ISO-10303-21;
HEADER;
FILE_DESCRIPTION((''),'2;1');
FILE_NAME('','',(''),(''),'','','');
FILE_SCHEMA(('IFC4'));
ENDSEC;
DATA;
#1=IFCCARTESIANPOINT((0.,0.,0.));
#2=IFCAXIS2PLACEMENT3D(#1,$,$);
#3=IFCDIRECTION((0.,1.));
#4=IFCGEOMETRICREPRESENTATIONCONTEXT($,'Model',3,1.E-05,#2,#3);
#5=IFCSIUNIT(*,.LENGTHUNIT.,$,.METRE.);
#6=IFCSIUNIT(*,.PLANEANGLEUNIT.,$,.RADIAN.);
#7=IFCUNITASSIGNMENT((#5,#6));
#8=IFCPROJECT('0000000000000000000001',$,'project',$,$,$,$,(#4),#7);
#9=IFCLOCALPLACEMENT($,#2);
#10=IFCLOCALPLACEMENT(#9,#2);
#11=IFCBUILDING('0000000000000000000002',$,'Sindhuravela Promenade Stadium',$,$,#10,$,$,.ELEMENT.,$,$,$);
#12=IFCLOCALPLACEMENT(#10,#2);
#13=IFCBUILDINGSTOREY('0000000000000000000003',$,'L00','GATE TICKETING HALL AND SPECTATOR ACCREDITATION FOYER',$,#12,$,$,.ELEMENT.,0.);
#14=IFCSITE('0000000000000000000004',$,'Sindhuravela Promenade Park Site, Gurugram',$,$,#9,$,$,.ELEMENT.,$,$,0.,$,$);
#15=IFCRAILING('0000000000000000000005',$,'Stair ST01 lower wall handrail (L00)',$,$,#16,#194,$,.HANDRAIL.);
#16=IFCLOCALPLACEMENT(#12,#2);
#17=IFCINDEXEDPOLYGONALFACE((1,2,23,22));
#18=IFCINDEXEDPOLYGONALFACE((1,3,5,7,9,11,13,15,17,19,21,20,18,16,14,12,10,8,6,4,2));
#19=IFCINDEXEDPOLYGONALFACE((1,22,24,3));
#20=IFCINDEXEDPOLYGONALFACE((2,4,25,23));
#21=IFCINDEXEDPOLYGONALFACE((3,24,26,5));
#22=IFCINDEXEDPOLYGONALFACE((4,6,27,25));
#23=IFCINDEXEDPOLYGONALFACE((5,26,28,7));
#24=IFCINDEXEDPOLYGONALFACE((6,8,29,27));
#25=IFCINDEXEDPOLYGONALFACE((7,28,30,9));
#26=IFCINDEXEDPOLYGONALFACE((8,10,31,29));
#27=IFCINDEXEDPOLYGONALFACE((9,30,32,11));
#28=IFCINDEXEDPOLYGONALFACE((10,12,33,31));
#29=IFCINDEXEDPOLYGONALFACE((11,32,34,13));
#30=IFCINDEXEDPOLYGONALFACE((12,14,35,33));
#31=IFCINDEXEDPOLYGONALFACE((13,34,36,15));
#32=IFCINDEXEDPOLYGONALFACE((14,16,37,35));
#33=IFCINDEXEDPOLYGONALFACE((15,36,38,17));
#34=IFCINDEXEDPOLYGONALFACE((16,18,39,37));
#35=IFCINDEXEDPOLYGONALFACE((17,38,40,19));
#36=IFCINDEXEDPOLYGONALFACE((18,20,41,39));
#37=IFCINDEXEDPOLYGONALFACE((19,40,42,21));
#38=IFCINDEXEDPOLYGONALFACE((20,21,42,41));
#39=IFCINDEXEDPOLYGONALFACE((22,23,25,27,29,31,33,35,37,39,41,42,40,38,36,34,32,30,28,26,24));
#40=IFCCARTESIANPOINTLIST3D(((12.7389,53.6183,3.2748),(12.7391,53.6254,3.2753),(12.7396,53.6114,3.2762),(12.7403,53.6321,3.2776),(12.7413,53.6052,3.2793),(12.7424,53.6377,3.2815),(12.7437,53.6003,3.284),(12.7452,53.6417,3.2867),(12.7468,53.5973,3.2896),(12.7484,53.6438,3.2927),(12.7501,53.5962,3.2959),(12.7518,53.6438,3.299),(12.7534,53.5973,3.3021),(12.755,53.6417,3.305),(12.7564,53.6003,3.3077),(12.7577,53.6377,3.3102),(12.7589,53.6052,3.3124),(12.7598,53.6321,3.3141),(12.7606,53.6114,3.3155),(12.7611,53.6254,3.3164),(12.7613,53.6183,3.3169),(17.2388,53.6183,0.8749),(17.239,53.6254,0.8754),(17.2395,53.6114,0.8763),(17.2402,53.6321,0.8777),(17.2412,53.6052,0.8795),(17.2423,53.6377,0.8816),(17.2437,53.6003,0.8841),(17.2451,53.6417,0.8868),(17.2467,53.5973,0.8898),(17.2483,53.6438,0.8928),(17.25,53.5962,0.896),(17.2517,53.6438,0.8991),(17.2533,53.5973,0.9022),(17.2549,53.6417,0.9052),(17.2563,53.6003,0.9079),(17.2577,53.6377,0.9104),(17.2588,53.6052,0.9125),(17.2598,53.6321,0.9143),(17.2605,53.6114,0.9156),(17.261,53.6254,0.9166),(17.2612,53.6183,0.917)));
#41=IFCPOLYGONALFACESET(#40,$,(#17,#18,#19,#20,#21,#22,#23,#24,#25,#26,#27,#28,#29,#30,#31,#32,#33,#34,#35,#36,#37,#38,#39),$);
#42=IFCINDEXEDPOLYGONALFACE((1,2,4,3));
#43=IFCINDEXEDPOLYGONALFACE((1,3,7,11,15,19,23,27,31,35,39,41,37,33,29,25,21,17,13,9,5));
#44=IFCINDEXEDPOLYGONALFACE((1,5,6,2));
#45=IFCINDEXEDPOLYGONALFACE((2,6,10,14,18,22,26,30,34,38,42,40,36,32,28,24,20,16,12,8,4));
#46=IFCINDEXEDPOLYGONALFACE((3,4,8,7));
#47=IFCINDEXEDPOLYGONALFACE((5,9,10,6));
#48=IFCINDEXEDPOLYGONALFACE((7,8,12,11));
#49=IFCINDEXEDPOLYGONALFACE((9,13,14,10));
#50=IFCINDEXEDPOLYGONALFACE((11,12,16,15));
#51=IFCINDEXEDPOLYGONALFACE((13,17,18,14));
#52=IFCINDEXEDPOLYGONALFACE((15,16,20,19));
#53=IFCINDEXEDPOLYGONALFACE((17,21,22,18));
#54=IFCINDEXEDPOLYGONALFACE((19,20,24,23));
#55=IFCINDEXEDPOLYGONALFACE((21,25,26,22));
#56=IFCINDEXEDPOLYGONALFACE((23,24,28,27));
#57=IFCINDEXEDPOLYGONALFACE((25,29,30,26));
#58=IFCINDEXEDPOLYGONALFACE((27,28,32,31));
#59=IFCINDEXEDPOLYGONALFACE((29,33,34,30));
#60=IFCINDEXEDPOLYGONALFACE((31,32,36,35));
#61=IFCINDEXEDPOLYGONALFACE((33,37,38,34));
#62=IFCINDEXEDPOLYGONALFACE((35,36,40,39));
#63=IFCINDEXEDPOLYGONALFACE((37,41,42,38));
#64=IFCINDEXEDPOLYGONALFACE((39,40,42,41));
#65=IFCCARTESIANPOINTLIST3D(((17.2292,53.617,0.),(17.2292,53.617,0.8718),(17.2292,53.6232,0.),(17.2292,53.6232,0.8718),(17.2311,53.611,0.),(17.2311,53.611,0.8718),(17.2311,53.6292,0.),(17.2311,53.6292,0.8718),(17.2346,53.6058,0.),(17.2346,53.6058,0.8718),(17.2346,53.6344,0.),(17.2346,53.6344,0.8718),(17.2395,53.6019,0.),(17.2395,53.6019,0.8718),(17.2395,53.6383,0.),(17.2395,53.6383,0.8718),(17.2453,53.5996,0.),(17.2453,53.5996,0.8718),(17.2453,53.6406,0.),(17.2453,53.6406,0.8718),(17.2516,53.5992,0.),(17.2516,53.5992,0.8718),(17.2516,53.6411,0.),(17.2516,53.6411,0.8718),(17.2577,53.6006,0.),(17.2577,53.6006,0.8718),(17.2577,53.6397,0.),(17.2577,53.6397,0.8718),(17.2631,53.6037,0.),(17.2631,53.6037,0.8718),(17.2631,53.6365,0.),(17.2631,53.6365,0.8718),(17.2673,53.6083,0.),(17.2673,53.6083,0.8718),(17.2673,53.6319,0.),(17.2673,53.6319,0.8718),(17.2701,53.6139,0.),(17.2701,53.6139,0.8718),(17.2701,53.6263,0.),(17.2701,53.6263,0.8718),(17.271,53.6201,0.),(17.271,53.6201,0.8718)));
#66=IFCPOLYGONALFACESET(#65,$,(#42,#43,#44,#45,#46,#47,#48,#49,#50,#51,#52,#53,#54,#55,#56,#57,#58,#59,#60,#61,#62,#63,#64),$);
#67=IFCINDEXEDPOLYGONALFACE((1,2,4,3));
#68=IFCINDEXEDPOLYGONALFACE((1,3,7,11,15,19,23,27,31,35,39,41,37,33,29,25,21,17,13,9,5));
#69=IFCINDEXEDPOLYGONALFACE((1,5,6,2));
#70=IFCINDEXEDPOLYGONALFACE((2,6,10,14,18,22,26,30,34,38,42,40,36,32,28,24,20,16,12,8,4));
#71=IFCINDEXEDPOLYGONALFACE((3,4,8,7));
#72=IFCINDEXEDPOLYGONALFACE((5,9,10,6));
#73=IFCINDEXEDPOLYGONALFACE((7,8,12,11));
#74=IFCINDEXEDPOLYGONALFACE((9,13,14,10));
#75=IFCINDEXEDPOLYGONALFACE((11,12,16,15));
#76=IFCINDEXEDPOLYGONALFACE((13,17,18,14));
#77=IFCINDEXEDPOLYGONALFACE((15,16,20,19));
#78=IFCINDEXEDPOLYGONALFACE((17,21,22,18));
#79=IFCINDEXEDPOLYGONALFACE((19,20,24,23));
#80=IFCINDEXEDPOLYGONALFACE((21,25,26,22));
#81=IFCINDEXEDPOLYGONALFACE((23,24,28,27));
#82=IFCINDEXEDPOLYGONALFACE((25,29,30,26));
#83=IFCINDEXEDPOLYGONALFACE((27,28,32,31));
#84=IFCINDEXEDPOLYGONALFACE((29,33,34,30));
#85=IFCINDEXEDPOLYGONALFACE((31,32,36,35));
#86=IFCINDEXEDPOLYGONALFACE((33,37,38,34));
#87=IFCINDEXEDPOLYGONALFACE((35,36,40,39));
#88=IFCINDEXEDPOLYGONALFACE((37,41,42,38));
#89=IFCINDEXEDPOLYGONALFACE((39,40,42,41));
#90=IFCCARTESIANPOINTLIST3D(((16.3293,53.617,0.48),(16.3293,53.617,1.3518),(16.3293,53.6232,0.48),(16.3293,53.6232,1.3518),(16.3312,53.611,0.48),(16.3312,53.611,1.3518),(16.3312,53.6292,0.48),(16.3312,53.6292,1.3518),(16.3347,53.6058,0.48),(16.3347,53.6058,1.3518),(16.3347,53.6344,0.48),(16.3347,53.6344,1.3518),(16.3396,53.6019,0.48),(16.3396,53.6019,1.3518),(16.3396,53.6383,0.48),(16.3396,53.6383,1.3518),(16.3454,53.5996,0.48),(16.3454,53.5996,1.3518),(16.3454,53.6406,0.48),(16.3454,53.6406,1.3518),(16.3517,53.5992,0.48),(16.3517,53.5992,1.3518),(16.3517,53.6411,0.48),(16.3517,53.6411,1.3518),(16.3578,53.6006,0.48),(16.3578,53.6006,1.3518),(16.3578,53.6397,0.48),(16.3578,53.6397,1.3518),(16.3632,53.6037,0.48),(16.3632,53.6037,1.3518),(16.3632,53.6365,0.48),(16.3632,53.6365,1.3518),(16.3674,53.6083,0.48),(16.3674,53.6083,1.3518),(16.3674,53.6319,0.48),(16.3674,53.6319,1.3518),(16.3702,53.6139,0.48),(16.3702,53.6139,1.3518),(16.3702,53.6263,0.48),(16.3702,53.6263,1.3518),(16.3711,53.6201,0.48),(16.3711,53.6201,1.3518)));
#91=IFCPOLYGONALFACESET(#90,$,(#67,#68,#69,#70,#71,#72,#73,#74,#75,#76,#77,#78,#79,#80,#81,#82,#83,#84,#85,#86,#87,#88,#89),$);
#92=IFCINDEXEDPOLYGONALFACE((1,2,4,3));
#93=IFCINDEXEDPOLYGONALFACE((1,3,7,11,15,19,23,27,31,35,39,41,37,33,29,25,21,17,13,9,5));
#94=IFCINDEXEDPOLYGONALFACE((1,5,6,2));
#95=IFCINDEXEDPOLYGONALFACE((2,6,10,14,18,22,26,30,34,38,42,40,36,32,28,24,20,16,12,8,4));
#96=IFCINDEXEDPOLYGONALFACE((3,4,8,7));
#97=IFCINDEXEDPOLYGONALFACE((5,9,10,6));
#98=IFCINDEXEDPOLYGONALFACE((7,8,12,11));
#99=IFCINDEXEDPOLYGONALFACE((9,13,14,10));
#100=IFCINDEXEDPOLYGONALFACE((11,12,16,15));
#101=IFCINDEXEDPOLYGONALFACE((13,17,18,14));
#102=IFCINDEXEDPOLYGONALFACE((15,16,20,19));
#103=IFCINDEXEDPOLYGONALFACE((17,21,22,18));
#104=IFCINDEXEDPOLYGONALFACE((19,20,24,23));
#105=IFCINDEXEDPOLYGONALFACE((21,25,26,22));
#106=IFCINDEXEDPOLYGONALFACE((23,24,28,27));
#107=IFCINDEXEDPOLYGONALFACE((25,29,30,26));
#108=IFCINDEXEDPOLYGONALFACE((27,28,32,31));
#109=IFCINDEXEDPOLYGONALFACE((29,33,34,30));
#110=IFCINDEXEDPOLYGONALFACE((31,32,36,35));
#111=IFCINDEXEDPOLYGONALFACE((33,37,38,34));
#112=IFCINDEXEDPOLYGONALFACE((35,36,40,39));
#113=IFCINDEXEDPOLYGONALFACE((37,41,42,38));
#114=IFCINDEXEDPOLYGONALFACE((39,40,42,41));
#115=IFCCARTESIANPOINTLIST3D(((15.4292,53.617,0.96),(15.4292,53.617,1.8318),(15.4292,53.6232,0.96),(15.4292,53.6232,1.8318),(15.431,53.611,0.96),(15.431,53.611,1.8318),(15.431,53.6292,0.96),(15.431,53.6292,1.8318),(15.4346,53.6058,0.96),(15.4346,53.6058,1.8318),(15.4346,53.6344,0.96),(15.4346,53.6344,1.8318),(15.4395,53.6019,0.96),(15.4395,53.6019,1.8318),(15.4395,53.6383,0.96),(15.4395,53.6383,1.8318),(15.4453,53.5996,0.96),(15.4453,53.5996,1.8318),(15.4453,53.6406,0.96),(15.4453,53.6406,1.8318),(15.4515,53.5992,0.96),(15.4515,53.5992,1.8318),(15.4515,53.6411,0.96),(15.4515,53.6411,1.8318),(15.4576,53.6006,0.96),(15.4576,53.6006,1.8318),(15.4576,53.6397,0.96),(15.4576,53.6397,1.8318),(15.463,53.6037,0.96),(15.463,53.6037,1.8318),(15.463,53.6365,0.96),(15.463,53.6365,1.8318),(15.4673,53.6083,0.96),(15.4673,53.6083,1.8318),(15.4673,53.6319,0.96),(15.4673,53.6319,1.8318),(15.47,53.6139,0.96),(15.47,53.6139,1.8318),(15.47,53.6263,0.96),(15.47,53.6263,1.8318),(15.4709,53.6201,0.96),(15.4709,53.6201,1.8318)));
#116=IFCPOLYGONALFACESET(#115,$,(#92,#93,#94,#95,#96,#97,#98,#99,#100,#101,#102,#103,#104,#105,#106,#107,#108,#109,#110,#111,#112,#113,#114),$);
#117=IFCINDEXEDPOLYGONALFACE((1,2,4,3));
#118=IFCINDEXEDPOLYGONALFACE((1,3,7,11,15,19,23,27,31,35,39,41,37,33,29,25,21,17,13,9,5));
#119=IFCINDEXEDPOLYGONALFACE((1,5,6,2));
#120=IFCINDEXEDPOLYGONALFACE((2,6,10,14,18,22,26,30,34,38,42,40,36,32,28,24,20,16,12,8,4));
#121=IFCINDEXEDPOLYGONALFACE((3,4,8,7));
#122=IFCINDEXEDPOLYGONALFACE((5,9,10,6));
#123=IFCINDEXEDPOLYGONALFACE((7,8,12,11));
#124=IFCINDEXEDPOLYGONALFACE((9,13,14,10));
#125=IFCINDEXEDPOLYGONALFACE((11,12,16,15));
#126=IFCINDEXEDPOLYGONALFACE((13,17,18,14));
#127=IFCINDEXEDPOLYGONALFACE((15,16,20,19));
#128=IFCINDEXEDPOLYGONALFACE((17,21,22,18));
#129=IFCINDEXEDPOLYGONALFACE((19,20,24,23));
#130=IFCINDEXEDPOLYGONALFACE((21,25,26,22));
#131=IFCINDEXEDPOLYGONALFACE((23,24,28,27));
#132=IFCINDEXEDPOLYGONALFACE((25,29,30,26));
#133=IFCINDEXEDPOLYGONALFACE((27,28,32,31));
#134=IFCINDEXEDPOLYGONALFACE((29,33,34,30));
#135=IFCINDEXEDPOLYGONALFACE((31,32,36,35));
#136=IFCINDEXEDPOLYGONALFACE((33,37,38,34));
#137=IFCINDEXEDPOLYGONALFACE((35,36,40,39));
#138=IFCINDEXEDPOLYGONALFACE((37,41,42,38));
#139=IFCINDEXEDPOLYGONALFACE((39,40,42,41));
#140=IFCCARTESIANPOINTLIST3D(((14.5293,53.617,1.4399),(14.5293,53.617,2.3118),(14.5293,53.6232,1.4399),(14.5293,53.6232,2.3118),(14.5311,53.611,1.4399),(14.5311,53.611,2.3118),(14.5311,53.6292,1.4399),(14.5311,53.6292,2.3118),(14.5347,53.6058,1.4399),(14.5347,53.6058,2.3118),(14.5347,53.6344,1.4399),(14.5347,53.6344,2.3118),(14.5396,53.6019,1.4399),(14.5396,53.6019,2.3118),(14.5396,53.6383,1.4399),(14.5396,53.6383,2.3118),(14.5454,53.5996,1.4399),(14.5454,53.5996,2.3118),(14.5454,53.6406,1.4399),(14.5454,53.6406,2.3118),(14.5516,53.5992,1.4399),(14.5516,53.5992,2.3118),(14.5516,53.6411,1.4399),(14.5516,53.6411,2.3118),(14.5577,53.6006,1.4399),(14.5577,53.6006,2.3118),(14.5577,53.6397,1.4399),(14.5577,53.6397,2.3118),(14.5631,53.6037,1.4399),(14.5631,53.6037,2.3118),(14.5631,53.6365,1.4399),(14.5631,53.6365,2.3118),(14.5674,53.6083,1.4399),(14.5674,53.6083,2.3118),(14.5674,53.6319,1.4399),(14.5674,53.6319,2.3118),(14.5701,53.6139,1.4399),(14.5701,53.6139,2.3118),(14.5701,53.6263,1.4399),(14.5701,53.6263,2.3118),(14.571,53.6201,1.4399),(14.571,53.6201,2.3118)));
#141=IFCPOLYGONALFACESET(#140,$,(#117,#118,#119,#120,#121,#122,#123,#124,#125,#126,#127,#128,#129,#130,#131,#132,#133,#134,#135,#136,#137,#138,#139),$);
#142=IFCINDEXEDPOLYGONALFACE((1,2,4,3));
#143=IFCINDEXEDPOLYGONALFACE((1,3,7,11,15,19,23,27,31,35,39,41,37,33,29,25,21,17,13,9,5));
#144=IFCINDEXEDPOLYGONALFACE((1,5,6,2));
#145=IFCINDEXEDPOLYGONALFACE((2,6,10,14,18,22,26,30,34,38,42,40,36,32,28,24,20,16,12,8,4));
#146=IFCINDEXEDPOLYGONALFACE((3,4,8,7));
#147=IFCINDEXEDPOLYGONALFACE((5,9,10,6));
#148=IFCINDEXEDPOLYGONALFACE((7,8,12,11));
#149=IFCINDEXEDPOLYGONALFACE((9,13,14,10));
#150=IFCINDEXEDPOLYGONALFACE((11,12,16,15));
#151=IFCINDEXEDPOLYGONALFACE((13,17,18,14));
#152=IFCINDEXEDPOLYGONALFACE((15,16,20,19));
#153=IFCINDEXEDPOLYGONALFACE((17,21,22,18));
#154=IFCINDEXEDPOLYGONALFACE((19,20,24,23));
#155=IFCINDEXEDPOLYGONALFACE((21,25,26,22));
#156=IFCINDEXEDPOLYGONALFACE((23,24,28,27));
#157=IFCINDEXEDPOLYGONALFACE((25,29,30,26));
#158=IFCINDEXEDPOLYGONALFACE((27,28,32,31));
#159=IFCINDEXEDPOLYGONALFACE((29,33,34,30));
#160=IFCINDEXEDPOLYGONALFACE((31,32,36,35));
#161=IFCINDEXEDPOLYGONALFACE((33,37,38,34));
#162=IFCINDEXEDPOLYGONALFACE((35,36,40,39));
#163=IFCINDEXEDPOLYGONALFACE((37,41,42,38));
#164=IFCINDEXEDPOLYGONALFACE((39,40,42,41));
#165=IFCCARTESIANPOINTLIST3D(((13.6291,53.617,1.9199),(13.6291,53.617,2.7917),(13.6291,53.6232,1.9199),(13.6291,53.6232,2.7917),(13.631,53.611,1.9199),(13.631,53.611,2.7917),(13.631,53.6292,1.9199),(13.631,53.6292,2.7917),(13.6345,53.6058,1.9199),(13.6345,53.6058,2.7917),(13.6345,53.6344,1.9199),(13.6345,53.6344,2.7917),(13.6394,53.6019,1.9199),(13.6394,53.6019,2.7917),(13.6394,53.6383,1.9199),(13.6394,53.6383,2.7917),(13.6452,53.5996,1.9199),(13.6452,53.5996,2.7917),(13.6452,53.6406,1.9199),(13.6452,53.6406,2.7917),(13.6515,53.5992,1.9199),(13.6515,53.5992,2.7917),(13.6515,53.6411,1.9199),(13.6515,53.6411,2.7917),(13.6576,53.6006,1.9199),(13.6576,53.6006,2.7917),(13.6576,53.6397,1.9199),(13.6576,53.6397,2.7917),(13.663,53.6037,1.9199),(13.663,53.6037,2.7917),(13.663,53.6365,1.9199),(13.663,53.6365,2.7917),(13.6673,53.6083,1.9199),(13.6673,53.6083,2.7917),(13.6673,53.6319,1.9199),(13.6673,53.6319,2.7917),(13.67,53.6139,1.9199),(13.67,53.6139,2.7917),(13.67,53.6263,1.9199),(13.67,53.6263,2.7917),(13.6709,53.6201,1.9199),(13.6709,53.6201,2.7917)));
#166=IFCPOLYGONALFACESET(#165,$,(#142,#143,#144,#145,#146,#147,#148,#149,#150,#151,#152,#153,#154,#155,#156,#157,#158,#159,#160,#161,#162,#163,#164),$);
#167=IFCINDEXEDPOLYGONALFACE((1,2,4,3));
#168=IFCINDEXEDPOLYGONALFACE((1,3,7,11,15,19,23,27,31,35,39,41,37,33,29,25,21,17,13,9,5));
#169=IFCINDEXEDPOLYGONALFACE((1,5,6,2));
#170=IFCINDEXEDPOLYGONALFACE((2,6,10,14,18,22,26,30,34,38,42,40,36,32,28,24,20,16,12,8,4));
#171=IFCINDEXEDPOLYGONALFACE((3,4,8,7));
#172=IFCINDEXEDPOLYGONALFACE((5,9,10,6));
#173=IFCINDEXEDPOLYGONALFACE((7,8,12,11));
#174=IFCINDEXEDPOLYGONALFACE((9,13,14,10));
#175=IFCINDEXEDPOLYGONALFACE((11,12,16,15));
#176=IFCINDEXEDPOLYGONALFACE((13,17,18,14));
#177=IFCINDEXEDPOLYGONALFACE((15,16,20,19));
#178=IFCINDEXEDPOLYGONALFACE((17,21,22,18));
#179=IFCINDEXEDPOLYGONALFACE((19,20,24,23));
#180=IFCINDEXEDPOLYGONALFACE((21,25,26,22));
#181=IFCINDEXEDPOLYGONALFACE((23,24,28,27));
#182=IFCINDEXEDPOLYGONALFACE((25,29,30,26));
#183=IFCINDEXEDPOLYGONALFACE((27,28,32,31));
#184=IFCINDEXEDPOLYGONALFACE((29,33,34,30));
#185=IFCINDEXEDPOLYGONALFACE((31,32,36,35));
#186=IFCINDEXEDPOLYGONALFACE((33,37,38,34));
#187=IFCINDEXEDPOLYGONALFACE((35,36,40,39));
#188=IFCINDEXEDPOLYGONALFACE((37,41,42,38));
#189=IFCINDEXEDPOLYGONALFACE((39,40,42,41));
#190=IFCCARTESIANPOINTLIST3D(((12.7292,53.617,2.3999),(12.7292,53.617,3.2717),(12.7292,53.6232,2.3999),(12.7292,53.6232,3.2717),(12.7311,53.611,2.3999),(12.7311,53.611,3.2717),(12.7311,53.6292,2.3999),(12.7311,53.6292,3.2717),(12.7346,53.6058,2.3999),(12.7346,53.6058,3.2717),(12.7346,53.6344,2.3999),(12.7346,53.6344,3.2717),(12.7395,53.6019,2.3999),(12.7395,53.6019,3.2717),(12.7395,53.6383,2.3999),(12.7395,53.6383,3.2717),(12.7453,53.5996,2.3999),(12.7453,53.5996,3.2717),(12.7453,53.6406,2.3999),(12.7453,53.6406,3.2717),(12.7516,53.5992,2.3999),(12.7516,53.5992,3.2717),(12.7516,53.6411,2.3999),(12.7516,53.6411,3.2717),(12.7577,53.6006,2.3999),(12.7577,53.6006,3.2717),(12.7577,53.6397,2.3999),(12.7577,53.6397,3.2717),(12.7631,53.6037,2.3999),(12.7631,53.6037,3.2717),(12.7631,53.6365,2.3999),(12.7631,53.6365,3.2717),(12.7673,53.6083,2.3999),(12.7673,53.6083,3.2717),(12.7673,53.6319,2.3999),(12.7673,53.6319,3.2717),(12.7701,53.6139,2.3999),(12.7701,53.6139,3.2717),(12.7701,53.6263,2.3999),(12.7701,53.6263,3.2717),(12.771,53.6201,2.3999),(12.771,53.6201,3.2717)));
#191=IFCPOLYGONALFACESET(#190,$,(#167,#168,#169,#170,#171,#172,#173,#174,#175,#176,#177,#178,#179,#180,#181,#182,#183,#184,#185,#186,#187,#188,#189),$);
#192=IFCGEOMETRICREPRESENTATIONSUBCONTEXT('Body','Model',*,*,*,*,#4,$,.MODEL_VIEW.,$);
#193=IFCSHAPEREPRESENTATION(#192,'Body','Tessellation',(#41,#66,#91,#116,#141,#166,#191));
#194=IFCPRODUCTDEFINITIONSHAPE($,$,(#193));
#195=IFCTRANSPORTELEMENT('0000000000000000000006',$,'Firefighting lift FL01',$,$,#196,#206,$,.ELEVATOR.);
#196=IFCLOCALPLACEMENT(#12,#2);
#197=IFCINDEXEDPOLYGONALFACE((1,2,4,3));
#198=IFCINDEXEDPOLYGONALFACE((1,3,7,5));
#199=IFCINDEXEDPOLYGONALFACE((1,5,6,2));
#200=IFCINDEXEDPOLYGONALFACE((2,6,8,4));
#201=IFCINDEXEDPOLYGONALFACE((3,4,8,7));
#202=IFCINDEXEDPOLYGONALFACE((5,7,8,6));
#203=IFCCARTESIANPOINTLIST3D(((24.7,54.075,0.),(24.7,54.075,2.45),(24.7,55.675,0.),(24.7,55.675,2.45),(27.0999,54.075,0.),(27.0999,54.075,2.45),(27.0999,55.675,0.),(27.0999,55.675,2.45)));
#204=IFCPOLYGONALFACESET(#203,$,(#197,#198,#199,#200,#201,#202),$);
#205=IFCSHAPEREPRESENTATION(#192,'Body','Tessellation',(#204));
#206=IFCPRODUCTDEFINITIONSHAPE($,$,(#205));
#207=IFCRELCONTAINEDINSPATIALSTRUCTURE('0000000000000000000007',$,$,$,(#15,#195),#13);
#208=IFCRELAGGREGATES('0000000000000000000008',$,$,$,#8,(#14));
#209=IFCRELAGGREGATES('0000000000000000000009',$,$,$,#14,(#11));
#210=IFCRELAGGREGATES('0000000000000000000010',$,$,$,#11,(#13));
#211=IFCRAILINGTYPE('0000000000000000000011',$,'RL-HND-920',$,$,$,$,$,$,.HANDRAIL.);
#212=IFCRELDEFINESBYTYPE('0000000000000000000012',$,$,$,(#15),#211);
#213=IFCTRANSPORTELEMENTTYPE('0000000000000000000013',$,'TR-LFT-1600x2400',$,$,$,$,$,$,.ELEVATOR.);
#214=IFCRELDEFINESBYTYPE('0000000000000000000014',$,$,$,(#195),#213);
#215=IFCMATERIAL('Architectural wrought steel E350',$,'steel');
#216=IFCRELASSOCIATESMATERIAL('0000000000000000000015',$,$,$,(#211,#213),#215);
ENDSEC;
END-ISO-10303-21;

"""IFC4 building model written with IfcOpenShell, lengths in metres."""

from ifc_helpers import new_model, si_unit, direction, frame, origin, origin_2d, place, context, subcontext, project, spatial, rectangle, circle, extrude, material, type_object, element, save


model = new_model("IFC4")

# Units and contexts
model_context = context("Model", 3, precision=1e-05, world=origin(), true_north=direction((0.0, 1.0)))
body_context = subcontext(model_context, "Body", "Model", "MODEL_VIEW")
ifc_project = project(units=[si_unit("LENGTHUNIT", "METRE"), si_unit("PLANEANGLEUNIT", "RADIAN")], contexts=[model_context])

# Site, building, storey
site_placement = place(None, origin())
site = spatial("IfcSite", under=ifc_project, at=site_placement, Name="Sindhuravela Promenade Park Site, Gurugram", CompositionType="ELEMENT", RefElevation=0.0)
building_placement = place(site_placement, origin())
building = spatial("IfcBuilding", under=site, at=building_placement, Name="Sindhuravela Promenade Stadium", CompositionType="ELEMENT")
storey_placement = place(building_placement, origin())
storey = spatial("IfcBuildingStorey", under=building, at=storey_placement, Name="L00", Description="GATE TICKETING HALL AND SPECTATOR ACCREDITATION FOYER", CompositionType="ELEMENT", Elevation=0.0)

# Shared definitions
ifc_material_1 = material(Name="Architectural wrought steel E350", Category="steel")

# Railing
railing_type = type_object("IfcRailingType", Name="RL-HND-920", PredefinedType="HANDRAIL", material=ifc_material_1)
railing_placement = place(storey_placement, frame((17.25, 53.6201, 0.0)))
element("IfcRailing", 1, at=railing_placement, inside=storey, type_object=railing_type, Name="Stair ST01 lower wall handrail (L00)", PredefinedType="HANDRAIL", context=body_context, shape_type="SweptSolid", body=[
    extrude(circle(Radius=0.0239, at=origin_2d()), frame((0.0, 0.0, 0.896), z_axis=(-0.882361, 0.0, 0.470573), x_axis=(0.0, -1.0, 0.0)), (0.0, 0.0, 1.0), 5.0999),
    extrude(circle(Radius=0.021, at=origin_2d()), origin(), (0.0, 0.0, 1.0), 0.8718),
    extrude(circle(Radius=0.021, at=origin_2d()), frame((-0.8999, 0.0, 0.48)), (0.0, 0.0, 1.0), 0.8718),
    extrude(circle(Radius=0.021, at=origin_2d()), frame((-1.8, 0.0, 0.96)), (0.0, 0.0, 1.0), 0.8718),
    extrude(circle(Radius=0.021, at=origin_2d()), frame((-2.7, 0.0, 1.4399)), (0.0, 0.0, 1.0), 0.8718),
    extrude(circle(Radius=0.021, at=origin_2d()), frame((-3.6001, 0.0, 1.9199)), (0.0, 0.0, 1.0), 0.8718),
    extrude(circle(Radius=0.021, at=origin_2d()), frame((-4.5, 0.0, 2.3999)), (0.0, 0.0, 1.0), 0.8718),
])

# Transport element
transport_element_type = type_object("IfcTransportElementType", Name="TR-LFT-1600x2400", PredefinedType="ELEVATOR", material=ifc_material_1)
transport_element_placement = place(storey_placement, frame((25.8999, 54.875, 0.0), z_axis=(0.0, 0.0, 1.0), x_axis=(1.0, 0.0, 0.0)))
element("IfcTransportElement", 2, at=transport_element_placement, inside=storey, type_object=transport_element_type, Name="Firefighting lift FL01", PredefinedType="ELEVATOR", context=body_context, shape_type="SweptSolid", body=[
    extrude(rectangle(XDim=2.3999, YDim=1.6001, at=origin_2d()), origin(), (0.0, 0.0, 1.0), 2.45),
])

save(model, "model.ifc")
